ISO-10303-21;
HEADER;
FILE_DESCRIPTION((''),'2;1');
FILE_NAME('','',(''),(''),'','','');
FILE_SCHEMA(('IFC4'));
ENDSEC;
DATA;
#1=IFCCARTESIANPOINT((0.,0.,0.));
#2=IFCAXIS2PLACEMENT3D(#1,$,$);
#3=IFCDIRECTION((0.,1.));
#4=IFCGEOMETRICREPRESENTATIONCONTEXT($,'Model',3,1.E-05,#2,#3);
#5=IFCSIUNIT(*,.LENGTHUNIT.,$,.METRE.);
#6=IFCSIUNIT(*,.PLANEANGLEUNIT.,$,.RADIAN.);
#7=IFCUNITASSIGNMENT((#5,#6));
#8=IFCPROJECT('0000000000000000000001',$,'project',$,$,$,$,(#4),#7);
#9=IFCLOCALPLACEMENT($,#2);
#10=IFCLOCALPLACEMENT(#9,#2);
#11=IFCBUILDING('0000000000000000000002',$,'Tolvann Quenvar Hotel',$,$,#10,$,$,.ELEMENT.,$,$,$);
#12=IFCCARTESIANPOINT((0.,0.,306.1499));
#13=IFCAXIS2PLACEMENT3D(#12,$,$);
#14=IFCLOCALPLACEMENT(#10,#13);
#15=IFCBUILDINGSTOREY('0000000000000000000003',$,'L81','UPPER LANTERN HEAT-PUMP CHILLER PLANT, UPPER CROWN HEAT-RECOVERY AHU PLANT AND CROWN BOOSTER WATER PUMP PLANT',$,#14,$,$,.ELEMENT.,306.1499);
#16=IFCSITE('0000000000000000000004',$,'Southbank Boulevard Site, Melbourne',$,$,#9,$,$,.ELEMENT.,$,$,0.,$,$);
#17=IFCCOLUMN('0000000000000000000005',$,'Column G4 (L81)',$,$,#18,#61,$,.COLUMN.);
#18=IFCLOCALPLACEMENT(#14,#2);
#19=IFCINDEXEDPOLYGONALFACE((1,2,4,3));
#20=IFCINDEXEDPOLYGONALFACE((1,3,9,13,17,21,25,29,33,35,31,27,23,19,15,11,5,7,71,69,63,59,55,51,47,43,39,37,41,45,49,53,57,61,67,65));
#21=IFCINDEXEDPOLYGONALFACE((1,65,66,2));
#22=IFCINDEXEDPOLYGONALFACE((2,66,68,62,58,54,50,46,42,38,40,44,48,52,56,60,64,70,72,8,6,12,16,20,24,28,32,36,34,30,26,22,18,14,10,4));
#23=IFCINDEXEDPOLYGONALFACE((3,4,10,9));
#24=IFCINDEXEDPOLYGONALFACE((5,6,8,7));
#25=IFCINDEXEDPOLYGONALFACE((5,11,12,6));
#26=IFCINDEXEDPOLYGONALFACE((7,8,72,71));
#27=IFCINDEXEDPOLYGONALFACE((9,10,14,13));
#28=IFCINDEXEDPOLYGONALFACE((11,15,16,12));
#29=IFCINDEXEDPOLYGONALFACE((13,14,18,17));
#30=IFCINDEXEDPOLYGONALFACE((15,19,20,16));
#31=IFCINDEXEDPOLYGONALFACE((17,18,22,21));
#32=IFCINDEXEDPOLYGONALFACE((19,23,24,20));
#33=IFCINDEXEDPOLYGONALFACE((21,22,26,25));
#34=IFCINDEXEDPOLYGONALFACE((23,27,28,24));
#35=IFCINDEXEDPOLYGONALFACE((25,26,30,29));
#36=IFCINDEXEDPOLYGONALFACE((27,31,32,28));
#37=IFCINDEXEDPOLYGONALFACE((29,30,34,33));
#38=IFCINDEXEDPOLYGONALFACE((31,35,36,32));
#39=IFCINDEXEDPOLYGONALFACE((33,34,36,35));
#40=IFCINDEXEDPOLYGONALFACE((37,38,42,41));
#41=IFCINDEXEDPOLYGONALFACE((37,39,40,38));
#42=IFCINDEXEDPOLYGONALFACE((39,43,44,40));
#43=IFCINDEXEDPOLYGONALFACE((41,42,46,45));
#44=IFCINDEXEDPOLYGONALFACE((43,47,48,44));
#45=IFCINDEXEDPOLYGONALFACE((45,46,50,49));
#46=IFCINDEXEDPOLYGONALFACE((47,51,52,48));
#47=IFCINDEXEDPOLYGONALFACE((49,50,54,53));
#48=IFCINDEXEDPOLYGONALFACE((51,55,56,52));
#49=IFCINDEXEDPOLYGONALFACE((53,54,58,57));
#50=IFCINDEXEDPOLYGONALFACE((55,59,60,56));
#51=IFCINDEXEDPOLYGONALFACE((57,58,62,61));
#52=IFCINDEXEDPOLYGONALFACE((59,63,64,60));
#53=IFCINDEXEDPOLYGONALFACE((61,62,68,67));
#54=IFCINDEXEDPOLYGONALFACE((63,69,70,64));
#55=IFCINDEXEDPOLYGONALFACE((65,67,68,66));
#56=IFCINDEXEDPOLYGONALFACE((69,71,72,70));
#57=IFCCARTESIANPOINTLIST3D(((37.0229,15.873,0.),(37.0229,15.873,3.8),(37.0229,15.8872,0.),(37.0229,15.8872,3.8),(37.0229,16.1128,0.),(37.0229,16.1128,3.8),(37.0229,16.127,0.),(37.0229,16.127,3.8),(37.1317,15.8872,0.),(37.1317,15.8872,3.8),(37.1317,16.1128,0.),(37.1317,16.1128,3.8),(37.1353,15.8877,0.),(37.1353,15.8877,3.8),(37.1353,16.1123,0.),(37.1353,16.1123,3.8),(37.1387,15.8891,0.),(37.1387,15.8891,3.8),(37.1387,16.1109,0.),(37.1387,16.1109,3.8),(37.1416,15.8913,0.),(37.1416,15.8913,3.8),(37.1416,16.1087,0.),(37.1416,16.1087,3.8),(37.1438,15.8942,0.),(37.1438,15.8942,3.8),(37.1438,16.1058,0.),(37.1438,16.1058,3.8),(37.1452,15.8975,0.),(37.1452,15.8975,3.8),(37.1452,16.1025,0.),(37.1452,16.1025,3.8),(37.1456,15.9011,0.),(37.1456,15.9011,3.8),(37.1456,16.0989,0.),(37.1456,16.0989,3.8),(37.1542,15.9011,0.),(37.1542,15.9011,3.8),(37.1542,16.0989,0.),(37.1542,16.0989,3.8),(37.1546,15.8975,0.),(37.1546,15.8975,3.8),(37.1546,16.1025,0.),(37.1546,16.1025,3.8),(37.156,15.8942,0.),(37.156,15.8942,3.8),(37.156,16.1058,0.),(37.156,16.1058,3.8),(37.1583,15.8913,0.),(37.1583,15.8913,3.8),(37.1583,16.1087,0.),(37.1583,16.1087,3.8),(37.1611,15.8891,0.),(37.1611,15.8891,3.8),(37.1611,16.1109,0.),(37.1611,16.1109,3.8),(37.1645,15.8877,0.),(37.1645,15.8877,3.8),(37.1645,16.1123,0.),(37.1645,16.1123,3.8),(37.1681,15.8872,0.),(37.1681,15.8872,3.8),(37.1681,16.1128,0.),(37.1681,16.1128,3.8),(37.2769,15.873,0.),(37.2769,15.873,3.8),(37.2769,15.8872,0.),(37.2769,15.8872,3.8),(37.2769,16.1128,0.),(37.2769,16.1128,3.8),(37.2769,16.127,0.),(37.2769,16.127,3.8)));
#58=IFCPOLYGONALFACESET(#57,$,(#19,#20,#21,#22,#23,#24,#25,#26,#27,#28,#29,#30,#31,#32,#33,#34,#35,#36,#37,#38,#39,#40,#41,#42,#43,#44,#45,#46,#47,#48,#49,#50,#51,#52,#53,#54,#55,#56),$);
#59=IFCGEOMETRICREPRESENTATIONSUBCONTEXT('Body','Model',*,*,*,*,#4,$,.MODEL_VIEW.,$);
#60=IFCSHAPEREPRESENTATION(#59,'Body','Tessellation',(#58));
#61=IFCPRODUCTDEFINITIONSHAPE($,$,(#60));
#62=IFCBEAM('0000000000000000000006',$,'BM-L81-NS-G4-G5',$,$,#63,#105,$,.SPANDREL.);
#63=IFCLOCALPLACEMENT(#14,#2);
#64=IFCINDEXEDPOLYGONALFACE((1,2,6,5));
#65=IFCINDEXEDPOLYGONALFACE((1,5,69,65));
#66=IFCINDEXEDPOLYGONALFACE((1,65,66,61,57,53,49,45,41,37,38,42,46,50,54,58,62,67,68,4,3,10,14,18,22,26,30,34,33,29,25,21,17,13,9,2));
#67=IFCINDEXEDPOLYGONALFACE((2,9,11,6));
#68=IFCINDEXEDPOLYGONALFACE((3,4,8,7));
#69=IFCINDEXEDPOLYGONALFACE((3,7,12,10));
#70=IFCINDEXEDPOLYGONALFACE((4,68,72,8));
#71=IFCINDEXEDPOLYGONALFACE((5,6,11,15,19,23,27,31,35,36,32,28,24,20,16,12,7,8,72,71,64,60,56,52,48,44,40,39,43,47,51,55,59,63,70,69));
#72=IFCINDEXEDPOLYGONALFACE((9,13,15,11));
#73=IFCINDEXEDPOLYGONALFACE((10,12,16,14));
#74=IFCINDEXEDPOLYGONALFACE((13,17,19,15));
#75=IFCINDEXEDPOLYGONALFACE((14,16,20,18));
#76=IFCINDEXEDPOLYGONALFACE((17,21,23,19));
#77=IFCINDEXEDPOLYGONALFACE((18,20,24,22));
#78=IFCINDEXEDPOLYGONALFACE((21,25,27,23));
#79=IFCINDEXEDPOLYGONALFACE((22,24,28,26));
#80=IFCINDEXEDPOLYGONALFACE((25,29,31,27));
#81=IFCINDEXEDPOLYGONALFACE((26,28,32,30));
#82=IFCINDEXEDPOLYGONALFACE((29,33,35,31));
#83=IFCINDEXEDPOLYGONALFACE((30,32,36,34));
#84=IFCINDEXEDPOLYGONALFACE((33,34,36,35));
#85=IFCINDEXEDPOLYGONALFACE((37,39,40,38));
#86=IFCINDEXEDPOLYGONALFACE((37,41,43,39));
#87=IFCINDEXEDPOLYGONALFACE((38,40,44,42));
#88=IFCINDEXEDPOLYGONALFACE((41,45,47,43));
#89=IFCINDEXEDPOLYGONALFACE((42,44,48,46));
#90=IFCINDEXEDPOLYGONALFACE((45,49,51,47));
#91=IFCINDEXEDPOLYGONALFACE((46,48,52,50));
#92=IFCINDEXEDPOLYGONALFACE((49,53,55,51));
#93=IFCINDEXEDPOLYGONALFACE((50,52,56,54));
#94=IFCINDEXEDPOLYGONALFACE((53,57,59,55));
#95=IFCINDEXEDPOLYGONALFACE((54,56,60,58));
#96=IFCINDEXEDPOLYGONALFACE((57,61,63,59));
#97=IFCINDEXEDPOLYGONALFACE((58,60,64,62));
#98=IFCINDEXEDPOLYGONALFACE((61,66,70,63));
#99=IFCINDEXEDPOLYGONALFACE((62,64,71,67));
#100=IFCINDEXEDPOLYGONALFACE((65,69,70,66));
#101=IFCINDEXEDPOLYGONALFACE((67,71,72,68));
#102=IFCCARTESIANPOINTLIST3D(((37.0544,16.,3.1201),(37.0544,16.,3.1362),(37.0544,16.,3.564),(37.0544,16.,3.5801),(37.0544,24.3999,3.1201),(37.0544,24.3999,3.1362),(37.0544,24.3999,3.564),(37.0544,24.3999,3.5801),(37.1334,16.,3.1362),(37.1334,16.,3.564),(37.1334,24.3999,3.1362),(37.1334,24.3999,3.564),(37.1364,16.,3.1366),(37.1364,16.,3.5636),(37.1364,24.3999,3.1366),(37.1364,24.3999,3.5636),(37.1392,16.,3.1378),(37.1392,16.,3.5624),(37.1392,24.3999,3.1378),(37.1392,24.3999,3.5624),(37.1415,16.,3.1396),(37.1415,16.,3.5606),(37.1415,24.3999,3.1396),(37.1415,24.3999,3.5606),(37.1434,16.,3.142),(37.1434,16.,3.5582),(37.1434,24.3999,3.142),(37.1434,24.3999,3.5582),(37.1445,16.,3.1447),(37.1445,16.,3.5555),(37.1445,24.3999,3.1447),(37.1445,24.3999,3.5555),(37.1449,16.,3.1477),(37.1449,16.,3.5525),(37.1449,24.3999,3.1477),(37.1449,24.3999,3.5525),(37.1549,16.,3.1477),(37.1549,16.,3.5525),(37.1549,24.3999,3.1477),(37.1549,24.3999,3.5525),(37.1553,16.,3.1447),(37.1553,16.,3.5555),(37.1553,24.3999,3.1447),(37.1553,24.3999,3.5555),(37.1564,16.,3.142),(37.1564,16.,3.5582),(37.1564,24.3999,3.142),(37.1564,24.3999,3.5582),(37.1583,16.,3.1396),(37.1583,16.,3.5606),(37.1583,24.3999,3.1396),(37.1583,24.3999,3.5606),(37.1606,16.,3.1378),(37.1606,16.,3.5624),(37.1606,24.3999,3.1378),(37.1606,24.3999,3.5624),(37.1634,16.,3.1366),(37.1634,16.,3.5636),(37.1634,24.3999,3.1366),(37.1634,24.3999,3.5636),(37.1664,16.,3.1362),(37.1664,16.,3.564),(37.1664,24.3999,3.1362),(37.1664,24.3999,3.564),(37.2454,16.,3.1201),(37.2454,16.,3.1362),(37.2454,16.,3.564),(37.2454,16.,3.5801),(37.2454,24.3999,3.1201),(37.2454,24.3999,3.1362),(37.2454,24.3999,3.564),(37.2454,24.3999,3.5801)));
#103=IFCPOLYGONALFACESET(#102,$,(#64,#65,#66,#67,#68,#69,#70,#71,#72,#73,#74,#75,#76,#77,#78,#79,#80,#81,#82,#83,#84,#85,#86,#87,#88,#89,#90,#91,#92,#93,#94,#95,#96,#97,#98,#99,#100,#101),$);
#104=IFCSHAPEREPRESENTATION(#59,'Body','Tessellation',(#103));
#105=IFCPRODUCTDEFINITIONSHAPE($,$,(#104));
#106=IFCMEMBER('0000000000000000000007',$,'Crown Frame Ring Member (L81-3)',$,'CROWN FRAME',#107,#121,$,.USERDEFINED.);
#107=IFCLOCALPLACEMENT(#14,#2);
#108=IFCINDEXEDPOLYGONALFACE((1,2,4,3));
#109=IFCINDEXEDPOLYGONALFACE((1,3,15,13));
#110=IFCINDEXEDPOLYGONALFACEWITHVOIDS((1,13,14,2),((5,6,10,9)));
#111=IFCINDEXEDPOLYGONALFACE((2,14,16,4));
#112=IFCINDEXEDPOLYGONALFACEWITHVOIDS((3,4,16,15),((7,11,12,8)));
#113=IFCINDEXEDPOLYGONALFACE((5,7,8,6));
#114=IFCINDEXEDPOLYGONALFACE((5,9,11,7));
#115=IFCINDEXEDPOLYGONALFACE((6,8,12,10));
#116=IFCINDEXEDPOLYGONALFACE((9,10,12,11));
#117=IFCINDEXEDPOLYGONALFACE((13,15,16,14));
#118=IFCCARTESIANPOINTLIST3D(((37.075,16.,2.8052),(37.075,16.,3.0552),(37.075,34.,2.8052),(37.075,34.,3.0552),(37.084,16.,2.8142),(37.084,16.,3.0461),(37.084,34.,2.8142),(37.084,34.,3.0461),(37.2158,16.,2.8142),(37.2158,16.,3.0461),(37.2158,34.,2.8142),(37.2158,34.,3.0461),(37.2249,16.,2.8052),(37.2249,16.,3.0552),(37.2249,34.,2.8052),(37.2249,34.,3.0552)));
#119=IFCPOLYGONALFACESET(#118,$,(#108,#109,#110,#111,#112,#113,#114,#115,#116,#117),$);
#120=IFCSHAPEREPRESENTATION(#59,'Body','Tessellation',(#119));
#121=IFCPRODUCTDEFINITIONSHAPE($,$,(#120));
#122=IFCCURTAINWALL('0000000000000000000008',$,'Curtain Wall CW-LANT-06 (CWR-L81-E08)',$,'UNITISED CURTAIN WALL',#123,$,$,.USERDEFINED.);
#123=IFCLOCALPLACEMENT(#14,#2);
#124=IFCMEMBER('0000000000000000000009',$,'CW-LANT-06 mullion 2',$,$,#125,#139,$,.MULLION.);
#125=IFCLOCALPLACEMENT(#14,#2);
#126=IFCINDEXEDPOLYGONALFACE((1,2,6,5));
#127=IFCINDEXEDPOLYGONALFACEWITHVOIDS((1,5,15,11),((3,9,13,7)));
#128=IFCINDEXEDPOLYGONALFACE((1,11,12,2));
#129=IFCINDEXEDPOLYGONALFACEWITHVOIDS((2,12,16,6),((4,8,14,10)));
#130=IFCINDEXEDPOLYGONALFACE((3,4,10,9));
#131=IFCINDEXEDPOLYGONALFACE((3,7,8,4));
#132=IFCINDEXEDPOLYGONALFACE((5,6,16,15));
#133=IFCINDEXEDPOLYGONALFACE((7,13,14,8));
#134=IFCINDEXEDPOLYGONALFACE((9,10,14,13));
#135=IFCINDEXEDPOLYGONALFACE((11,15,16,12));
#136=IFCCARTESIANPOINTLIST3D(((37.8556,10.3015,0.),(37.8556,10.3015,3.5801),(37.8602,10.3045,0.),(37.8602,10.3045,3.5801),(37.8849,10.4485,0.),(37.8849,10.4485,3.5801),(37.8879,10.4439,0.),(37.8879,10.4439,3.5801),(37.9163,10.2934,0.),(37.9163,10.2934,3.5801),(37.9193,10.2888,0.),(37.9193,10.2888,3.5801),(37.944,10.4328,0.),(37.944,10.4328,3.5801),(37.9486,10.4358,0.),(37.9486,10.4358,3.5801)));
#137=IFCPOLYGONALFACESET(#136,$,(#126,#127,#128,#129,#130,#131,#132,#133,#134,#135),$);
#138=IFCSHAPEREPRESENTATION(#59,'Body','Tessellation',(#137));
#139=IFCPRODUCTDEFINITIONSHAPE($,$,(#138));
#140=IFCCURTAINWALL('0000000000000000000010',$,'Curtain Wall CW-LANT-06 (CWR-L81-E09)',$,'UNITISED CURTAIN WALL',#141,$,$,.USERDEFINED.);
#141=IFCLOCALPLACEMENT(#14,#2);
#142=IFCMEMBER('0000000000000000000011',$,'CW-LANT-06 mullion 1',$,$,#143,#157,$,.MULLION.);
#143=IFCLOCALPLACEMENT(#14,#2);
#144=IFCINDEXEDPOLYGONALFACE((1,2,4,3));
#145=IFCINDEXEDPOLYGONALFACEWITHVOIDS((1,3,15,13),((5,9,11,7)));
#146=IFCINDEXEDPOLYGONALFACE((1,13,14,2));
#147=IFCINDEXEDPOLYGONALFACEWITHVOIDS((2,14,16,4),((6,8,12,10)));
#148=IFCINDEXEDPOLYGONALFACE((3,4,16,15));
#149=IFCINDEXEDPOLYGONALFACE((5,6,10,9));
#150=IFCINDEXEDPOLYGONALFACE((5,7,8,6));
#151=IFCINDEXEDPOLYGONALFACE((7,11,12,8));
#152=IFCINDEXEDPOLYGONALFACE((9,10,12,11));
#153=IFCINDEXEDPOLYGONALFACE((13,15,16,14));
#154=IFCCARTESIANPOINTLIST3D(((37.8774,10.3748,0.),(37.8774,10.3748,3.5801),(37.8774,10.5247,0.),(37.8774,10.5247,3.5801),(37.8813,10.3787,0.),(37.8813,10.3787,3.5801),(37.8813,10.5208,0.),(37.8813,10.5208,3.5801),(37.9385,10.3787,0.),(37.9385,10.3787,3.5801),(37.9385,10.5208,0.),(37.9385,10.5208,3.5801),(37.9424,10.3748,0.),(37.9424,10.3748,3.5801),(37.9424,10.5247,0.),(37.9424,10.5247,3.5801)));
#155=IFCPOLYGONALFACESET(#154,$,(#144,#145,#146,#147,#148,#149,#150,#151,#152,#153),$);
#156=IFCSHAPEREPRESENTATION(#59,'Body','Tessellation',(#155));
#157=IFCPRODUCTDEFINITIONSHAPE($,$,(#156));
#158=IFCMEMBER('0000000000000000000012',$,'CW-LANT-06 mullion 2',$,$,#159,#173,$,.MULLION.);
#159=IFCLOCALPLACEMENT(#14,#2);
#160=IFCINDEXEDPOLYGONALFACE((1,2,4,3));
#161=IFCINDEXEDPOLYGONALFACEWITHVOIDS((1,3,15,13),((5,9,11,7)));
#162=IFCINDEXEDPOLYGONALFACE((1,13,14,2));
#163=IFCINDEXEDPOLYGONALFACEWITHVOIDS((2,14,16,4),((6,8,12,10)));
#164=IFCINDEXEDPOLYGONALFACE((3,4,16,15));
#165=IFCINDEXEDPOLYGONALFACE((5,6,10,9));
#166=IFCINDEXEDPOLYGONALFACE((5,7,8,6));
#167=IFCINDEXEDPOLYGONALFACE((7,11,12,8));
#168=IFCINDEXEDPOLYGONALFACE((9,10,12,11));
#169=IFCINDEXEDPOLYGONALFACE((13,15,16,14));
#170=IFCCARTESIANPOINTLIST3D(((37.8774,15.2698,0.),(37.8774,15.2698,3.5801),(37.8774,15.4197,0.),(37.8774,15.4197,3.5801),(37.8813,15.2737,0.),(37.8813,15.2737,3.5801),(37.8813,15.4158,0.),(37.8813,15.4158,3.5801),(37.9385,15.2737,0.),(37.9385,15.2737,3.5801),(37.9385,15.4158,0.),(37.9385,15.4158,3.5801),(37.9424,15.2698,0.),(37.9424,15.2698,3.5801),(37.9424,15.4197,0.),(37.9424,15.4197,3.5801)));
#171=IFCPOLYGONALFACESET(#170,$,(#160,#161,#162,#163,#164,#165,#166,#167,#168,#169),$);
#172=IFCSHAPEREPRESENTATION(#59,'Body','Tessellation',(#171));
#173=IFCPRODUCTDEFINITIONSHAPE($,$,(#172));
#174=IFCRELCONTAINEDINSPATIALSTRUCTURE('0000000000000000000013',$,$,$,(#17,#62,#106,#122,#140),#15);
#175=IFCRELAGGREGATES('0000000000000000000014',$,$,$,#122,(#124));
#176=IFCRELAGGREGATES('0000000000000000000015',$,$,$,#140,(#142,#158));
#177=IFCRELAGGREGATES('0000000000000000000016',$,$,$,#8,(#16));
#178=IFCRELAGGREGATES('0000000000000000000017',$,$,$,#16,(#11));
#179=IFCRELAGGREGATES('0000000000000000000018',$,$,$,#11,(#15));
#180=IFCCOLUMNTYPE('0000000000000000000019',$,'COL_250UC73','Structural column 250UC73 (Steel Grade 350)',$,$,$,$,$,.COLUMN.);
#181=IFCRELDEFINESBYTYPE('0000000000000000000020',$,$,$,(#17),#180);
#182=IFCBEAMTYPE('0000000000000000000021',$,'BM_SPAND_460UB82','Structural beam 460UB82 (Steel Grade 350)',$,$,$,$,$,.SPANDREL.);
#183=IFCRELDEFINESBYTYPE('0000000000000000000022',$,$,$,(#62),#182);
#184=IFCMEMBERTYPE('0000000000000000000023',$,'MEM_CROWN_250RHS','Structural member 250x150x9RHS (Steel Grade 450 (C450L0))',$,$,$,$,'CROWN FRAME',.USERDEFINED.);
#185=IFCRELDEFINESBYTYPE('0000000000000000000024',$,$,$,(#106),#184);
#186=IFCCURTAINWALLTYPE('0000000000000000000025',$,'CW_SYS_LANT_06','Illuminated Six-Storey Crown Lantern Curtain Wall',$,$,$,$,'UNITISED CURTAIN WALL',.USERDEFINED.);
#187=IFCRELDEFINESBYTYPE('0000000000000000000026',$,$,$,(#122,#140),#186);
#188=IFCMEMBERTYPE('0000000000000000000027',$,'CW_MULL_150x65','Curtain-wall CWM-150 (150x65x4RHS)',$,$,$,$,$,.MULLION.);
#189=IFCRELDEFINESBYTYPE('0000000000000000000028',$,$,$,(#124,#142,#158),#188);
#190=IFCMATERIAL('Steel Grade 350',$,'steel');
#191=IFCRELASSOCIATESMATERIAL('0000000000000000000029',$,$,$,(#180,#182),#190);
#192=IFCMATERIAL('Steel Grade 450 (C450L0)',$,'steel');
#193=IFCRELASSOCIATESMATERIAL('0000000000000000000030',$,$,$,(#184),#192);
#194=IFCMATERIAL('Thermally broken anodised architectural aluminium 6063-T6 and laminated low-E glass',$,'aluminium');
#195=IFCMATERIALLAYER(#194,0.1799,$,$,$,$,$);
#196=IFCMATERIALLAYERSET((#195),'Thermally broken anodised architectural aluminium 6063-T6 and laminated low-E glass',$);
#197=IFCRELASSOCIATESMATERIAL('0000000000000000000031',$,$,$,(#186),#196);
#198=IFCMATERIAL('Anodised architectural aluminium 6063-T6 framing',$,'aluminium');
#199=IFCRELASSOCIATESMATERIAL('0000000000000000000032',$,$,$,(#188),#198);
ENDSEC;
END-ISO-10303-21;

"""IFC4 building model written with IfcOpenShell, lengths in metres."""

from ifc_helpers import new_model, si_unit, direction, frame, origin, origin_2d, place, context, subcontext, project, spatial, hollow_rectangle, i_section, extrude, source, transform, mapped, material, layer, layer_set, material_profile, profile_set, type_object, type_shapes, element, aggregate, save


model = new_model("IFC4")

# Units and contexts
model_context = context("Model", 3, precision=1e-05, world=origin(), true_north=direction((0.0, 1.0)))
body_context = subcontext(model_context, "Body", "Model", "MODEL_VIEW")
ifc_project = project(units=[si_unit("LENGTHUNIT", "METRE"), si_unit("PLANEANGLEUNIT", "RADIAN")], contexts=[model_context])

# Site, building, storey
site_placement = place(None, origin())
site = spatial("IfcSite", under=ifc_project, at=site_placement, Name="Southbank Boulevard Site, Melbourne", CompositionType="ELEMENT", RefElevation=0.0)
building_placement = place(site_placement, origin())
building = spatial("IfcBuilding", under=site, at=building_placement, Name="Tolvann Quenvar Hotel", CompositionType="ELEMENT")
storey_placement = place(building_placement, frame((0.0, 0.0, 306.1499)))
storey = spatial("IfcBuildingStorey", under=building, at=storey_placement, Name="L81", Description="UPPER LANTERN HEAT-PUMP CHILLER PLANT, UPPER CROWN HEAT-RECOVERY AHU PLANT AND CROWN BOOSTER WATER PUMP PLANT", CompositionType="ELEMENT", Elevation=306.1499)

# Column
ifc_material_1 = material(Name="Steel Grade 350", Category="steel")
ifc_material_profile_1 = material_profile(ifc_material_1, i_section(OverallWidth=0.2539, OverallDepth=0.2539, WebThickness=0.0085, FlangeThickness=0.0142, FilletRadius=0.0139, at=origin_2d()), Name="250UC73")
ifc_profile_set_1 = profile_set([ifc_material_profile_1], Name="Steel Grade 350")
column_type = type_object("IfcColumnType", Name="COL_250UC73", Description="Structural column 250UC73 (Steel Grade 350)", PredefinedType="COLUMN", material=ifc_profile_set_1)
shared_shape_1 = source(origin(), body_context, "Body", "SweptSolid", [
    extrude(i_section(OverallWidth=0.2539, OverallDepth=0.2539, WebThickness=0.0085, FlangeThickness=0.0142, FilletRadius=0.0139, at=origin_2d()), origin(), (0.0, 0.0, 1.0), 3.8),
])
type_shapes(column_type, [shared_shape_1])
column_placement = place(storey_placement, frame((37.1499, 16.0, 0.0), z_axis=(0.0, 0.0, 1.0), x_axis=(1.0, 0.0, 0.0)))
element("IfcColumn", 1, at=column_placement, inside=storey, type_object=column_type, Name="Column G4 (L81)", PredefinedType="COLUMN", context=body_context, shape_type="MappedRepresentation", body=[
    mapped(shared_shape_1, transform((0.0, 0.0, 0.0), x_axis=(1.0, 0.0, 0.0), y_axis=(0.0, 1.0, 0.0), z_axis=(0.0, 0.0, 1.0), scale=1.0)),
])

# Beam
ifc_material_profile_2 = material_profile(ifc_material_1, i_section(OverallWidth=0.1909, OverallDepth=0.46, WebThickness=0.01, FlangeThickness=0.0161, FilletRadius=0.0115, at=origin_2d()), Name="460UB82")
ifc_profile_set_2 = profile_set([ifc_material_profile_2], Name="Steel Grade 350")
beam_type = type_object("IfcBeamType", Name="BM_SPAND_460UB82", Description="Structural beam 460UB82 (Steel Grade 350)", PredefinedType="SPANDREL", material=ifc_profile_set_2)
shared_shape_2 = source(origin(), body_context, "Body", "SweptSolid", [
    extrude(i_section(OverallWidth=0.1909, OverallDepth=0.46, WebThickness=0.01, FlangeThickness=0.0161, FilletRadius=0.0115, at=origin_2d()), origin(), (0.0, 0.0, 1.0), 8.3999),
])
type_shapes(beam_type, [shared_shape_2])
beam_placement = place(storey_placement, frame((37.1499, 16.0, 3.3501), z_axis=(0.0, 1.0, 0.0), x_axis=(-1.0, 0.0, 0.0)))
element("IfcBeam", 2, at=beam_placement, inside=storey, type_object=beam_type, Name="BM-L81-NS-G4-G5", PredefinedType="SPANDREL", context=body_context, shape_type="MappedRepresentation", body=[
    mapped(shared_shape_2, transform((0.0, 0.0, 0.0), x_axis=(1.0, 0.0, 0.0), y_axis=(0.0, 1.0, 0.0), z_axis=(0.0, 0.0, 1.0), scale=1.0)),
])

# Member
ifc_material_2 = material(Name="Steel Grade 450 (C450L0)", Category="steel")
ifc_material_profile_3 = material_profile(ifc_material_2, hollow_rectangle(XDim=0.1499, YDim=0.25, WallThickness=0.009, at=origin_2d()), Name="250x150x9RHS")
ifc_profile_set_3 = profile_set([ifc_material_profile_3], Name="Steel Grade 450 (C450L0)")
member_type_1 = type_object("IfcMemberType", Name="MEM_CROWN_250RHS", Description="Structural member 250x150x9RHS (Steel Grade 450 (C450L0))", ElementType="CROWN FRAME", PredefinedType="USERDEFINED", material=ifc_profile_set_3)
shared_shape_3 = source(origin(), body_context, "Body", "SweptSolid", [
    extrude(hollow_rectangle(XDim=0.1499, YDim=0.25, WallThickness=0.009, at=origin_2d()), origin(), (0.0, 0.0, 1.0), 18.0),
])
type_shapes(member_type_1, [shared_shape_3])
member_1_placement = place(storey_placement, frame((37.1499, 16.0, 2.9302), z_axis=(0.0, 1.0, 0.0), x_axis=(-1.0, 0.0, 0.0)))
element("IfcMember", 3, at=member_1_placement, inside=storey, type_object=member_type_1, Name="Crown Frame Ring Member (L81-3)", ObjectType="CROWN FRAME", PredefinedType="USERDEFINED", context=body_context, shape_type="MappedRepresentation", body=[
    mapped(shared_shape_3, transform((0.0, 0.0, 0.0), x_axis=(1.0, 0.0, 0.0), y_axis=(0.0, 1.0, 0.0), z_axis=(0.0, 0.0, 1.0), scale=1.0)),
])

# Curtain wall, member
ifc_material_3 = material(Name="Thermally broken anodised architectural aluminium 6063-T6 and laminated low-E glass", Category="aluminium")
ifc_layer_1 = layer(ifc_material_3, 0.1799)
ifc_layer_set_1 = layer_set([ifc_layer_1], Name="Thermally broken anodised architectural aluminium 6063-T6 and laminated low-E glass")
curtain_wall_type = type_object("IfcCurtainWallType", Name="CW_SYS_LANT_06", Description="Illuminated Six-Storey Crown Lantern Curtain Wall", ElementType="UNITISED CURTAIN WALL", PredefinedType="USERDEFINED", material=ifc_layer_set_1)
curtain_wall_1_placement = place(storey_placement, origin())
curtain_wall_1 = element("IfcCurtainWall", 4, at=curtain_wall_1_placement, inside=storey, type_object=curtain_wall_type, Name="Curtain Wall CW-LANT-06 (CWR-L81-E08)", ObjectType="UNITISED CURTAIN WALL", PredefinedType="USERDEFINED")
ifc_material_4 = material(Name="Anodised architectural aluminium 6063-T6 framing", Category="aluminium")
ifc_material_profile_4 = material_profile(ifc_material_4, hollow_rectangle(XDim=0.0649, YDim=0.1499, WallThickness=0.0039, at=origin_2d()), Name="150x65x4RHS")
ifc_profile_set_4 = profile_set([ifc_material_profile_4], Name="Anodised architectural aluminium 6063-T6 framing")
member_type_2 = type_object("IfcMemberType", Name="CW_MULL_150x65", Description="Curtain-wall CWM-150 (150x65x4RHS)", PredefinedType="MULLION", material=ifc_profile_set_4)
shared_shape_4 = source(origin(), body_context, "Body", "SweptSolid", [
    extrude(hollow_rectangle(XDim=0.0649, YDim=0.1499, WallThickness=0.0039, at=origin_2d()), origin(), (0.0, 0.0, 1.0), 3.5801),
])
type_shapes(member_type_2, [shared_shape_4])
member_2_placement = place(storey_placement, frame((37.9021, 10.3687, 0.0), z_axis=(0.0, 0.0, 1.0), x_axis=(-0.980791, 0.195062, 0.0)))
member_2 = element("IfcMember", 5, at=member_2_placement, type_object=member_type_2, Name="CW-LANT-06 mullion 2", PredefinedType="MULLION", context=body_context, shape_type="MappedRepresentation", body=[
    mapped(shared_shape_4, transform((0.0, 0.0, 0.0), x_axis=(1.0, 0.0, 0.0), y_axis=(0.0, 1.0, 0.0), z_axis=(0.0, 0.0, 1.0), scale=1.0)),
])

# Curtain wall, members
curtain_wall_2_placement = place(storey_placement, origin())
curtain_wall_2 = element("IfcCurtainWall", 6, at=curtain_wall_2_placement, inside=storey, type_object=curtain_wall_type, Name="Curtain Wall CW-LANT-06 (CWR-L81-E09)", ObjectType="UNITISED CURTAIN WALL", PredefinedType="USERDEFINED")
member_3_placement = place(storey_placement, frame((37.9099, 10.4497, 0.0), z_axis=(0.0, 0.0, 1.0), x_axis=(-1.0, 0.0, 0.0)))
member_3 = element("IfcMember", 7, at=member_3_placement, type_object=member_type_2, Name="CW-LANT-06 mullion 1", PredefinedType="MULLION", context=body_context, shape_type="MappedRepresentation", body=[
    mapped(shared_shape_4, transform((0.0, 0.0, 0.0), x_axis=(1.0, 0.0, 0.0), y_axis=(0.0, 1.0, 0.0), z_axis=(0.0, 0.0, 1.0), scale=1.0)),
])
member_4_placement = place(storey_placement, frame((37.9099, 15.3447, 0.0), z_axis=(0.0, 0.0, 1.0), x_axis=(-1.0, 0.0, 0.0)))
member_4 = element("IfcMember", 8, at=member_4_placement, type_object=member_type_2, Name="CW-LANT-06 mullion 2", PredefinedType="MULLION", context=body_context, shape_type="MappedRepresentation", body=[
    mapped(shared_shape_4, transform((0.0, 0.0, 0.0), x_axis=(1.0, 0.0, 0.0), y_axis=(0.0, 1.0, 0.0), z_axis=(0.0, 0.0, 1.0), scale=1.0)),
])

aggregate(curtain_wall_1, [member_2])
aggregate(curtain_wall_2, [member_3, member_4])

save(model, "model.ifc")
